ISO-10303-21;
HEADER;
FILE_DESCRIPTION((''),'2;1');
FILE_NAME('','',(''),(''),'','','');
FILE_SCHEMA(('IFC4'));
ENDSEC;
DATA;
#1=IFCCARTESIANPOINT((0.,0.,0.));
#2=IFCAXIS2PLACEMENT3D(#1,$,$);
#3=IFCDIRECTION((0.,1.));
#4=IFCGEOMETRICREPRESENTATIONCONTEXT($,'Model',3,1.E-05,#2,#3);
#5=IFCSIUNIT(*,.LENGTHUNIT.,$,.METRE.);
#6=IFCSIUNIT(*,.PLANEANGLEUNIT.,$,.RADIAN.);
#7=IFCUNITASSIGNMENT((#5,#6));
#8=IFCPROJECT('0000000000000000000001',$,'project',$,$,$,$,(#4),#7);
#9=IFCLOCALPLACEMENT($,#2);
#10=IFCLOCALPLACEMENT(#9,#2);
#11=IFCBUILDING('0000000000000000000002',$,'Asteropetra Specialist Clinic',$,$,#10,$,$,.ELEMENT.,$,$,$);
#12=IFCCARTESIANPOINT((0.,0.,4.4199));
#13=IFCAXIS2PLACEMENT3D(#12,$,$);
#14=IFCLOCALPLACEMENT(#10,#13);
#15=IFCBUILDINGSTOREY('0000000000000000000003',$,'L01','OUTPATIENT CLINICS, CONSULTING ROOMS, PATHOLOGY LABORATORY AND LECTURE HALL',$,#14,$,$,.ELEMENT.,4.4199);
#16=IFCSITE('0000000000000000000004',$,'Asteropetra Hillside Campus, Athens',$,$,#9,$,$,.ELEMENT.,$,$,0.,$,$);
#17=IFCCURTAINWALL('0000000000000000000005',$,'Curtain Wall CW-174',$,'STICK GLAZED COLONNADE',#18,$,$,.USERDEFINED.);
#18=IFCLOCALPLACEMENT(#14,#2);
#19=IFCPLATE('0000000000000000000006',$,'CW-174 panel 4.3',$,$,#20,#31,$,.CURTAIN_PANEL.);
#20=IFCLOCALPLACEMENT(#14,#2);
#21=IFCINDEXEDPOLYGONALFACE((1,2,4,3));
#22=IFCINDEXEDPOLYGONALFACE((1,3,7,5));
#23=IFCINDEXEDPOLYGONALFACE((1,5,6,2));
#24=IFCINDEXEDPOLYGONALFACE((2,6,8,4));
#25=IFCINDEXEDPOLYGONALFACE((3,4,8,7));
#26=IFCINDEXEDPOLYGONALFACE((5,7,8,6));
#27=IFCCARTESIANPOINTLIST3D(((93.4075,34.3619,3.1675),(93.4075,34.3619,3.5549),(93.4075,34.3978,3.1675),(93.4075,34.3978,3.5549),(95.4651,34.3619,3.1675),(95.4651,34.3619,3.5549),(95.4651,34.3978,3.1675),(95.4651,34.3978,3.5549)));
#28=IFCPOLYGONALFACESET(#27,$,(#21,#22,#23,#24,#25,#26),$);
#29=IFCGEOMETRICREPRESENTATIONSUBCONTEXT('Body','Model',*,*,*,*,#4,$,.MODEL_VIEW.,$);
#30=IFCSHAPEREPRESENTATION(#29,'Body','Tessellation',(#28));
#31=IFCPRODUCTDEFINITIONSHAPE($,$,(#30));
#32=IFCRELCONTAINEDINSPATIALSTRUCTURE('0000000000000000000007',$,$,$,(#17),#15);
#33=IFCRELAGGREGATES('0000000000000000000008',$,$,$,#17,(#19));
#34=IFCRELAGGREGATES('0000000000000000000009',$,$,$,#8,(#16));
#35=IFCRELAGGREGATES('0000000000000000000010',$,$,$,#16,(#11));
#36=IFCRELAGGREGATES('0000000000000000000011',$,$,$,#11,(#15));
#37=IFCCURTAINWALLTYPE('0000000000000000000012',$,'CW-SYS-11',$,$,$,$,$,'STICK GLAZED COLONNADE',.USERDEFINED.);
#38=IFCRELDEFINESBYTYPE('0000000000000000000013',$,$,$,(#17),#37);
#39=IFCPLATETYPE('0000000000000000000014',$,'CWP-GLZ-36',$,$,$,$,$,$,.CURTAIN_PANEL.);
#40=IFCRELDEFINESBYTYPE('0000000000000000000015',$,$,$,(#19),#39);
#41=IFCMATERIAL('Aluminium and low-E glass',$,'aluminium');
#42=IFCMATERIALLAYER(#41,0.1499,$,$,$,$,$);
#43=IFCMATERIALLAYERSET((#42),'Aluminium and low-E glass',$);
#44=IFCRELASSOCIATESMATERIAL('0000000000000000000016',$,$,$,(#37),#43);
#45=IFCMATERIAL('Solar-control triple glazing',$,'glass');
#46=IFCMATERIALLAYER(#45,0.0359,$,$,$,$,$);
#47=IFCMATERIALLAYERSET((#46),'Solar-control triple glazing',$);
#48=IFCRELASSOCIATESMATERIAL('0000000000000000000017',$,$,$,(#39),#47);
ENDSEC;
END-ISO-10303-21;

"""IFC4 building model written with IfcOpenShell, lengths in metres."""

from ifc_helpers import new_model, si_unit, direction, frame, origin, origin_2d, place, context, subcontext, project, spatial, rectangle, extrude, material, layer, layer_set, type_object, element, aggregate, save


model = new_model("IFC4")

# Units and contexts
model_context = context("Model", 3, precision=1e-05, world=origin(), true_north=direction((0.0, 1.0)))
body_context = subcontext(model_context, "Body", "Model", "MODEL_VIEW")
ifc_project = project(units=[si_unit("LENGTHUNIT", "METRE"), si_unit("PLANEANGLEUNIT", "RADIAN")], contexts=[model_context])

# Site, building, storey
site_placement = place(None, origin())
site = spatial("IfcSite", under=ifc_project, at=site_placement, Name="Asteropetra Hillside Campus, Athens", CompositionType="ELEMENT", RefElevation=0.0)
building_placement = place(site_placement, origin())
building = spatial("IfcBuilding", under=site, at=building_placement, Name="Asteropetra Specialist Clinic", CompositionType="ELEMENT")
storey_placement = place(building_placement, frame((0.0, 0.0, 4.4199)))
storey = spatial("IfcBuildingStorey", under=building, at=storey_placement, Name="L01", Description="OUTPATIENT CLINICS, CONSULTING ROOMS, PATHOLOGY LABORATORY AND LECTURE HALL", CompositionType="ELEMENT", Elevation=4.4199)

# Shared definitions
ifc_material_1 = material(Name="Aluminium and low-E glass", Category="aluminium")
ifc_layer_1 = layer(ifc_material_1, 0.1499)
ifc_layer_set_1 = layer_set([ifc_layer_1], Name="Aluminium and low-E glass")
curtain_wall_type = type_object("IfcCurtainWallType", Name="CW-SYS-11", ElementType="STICK GLAZED COLONNADE", PredefinedType="USERDEFINED", material=ifc_layer_set_1)

# Curtain wall
curtain_wall_1_placement = place(storey_placement, origin())
curtain_wall_1 = element("IfcCurtainWall", 1, at=curtain_wall_1_placement, inside=storey, type_object=curtain_wall_type, Name="Curtain Wall CW-174", ObjectType="STICK GLAZED COLONNADE", PredefinedType="USERDEFINED")

# Plate
ifc_material_2 = material(Name="Solar-control triple glazing", Category="glass")
ifc_layer_2 = layer(ifc_material_2, 0.0359)
ifc_layer_set_2 = layer_set([ifc_layer_2], Name="Solar-control triple glazing")
plate_type_1 = type_object("IfcPlateType", Name="CWP-GLZ-36", PredefinedType="CURTAIN_PANEL", material=ifc_layer_set_2)
plate_1_placement = place(storey_placement, frame((94.4363, 34.3799, 3.1675), z_axis=(0.0, 0.0, 1.0), x_axis=(1.0, 0.0, 0.0)))
plate_1 = element("IfcPlate", 2, at=plate_1_placement, type_object=plate_type_1, Name="CW-174 panel 4.3", PredefinedType="CURTAIN_PANEL", context=body_context, shape_type="SweptSolid", body=[
    extrude(rectangle(XDim=2.0576, YDim=0.0359, at=origin_2d()), origin(), (0.0, 0.0, 1.0), 0.3875),
])
aggregate(curtain_wall_1, [plate_1])

save(model, "model.ifc")
